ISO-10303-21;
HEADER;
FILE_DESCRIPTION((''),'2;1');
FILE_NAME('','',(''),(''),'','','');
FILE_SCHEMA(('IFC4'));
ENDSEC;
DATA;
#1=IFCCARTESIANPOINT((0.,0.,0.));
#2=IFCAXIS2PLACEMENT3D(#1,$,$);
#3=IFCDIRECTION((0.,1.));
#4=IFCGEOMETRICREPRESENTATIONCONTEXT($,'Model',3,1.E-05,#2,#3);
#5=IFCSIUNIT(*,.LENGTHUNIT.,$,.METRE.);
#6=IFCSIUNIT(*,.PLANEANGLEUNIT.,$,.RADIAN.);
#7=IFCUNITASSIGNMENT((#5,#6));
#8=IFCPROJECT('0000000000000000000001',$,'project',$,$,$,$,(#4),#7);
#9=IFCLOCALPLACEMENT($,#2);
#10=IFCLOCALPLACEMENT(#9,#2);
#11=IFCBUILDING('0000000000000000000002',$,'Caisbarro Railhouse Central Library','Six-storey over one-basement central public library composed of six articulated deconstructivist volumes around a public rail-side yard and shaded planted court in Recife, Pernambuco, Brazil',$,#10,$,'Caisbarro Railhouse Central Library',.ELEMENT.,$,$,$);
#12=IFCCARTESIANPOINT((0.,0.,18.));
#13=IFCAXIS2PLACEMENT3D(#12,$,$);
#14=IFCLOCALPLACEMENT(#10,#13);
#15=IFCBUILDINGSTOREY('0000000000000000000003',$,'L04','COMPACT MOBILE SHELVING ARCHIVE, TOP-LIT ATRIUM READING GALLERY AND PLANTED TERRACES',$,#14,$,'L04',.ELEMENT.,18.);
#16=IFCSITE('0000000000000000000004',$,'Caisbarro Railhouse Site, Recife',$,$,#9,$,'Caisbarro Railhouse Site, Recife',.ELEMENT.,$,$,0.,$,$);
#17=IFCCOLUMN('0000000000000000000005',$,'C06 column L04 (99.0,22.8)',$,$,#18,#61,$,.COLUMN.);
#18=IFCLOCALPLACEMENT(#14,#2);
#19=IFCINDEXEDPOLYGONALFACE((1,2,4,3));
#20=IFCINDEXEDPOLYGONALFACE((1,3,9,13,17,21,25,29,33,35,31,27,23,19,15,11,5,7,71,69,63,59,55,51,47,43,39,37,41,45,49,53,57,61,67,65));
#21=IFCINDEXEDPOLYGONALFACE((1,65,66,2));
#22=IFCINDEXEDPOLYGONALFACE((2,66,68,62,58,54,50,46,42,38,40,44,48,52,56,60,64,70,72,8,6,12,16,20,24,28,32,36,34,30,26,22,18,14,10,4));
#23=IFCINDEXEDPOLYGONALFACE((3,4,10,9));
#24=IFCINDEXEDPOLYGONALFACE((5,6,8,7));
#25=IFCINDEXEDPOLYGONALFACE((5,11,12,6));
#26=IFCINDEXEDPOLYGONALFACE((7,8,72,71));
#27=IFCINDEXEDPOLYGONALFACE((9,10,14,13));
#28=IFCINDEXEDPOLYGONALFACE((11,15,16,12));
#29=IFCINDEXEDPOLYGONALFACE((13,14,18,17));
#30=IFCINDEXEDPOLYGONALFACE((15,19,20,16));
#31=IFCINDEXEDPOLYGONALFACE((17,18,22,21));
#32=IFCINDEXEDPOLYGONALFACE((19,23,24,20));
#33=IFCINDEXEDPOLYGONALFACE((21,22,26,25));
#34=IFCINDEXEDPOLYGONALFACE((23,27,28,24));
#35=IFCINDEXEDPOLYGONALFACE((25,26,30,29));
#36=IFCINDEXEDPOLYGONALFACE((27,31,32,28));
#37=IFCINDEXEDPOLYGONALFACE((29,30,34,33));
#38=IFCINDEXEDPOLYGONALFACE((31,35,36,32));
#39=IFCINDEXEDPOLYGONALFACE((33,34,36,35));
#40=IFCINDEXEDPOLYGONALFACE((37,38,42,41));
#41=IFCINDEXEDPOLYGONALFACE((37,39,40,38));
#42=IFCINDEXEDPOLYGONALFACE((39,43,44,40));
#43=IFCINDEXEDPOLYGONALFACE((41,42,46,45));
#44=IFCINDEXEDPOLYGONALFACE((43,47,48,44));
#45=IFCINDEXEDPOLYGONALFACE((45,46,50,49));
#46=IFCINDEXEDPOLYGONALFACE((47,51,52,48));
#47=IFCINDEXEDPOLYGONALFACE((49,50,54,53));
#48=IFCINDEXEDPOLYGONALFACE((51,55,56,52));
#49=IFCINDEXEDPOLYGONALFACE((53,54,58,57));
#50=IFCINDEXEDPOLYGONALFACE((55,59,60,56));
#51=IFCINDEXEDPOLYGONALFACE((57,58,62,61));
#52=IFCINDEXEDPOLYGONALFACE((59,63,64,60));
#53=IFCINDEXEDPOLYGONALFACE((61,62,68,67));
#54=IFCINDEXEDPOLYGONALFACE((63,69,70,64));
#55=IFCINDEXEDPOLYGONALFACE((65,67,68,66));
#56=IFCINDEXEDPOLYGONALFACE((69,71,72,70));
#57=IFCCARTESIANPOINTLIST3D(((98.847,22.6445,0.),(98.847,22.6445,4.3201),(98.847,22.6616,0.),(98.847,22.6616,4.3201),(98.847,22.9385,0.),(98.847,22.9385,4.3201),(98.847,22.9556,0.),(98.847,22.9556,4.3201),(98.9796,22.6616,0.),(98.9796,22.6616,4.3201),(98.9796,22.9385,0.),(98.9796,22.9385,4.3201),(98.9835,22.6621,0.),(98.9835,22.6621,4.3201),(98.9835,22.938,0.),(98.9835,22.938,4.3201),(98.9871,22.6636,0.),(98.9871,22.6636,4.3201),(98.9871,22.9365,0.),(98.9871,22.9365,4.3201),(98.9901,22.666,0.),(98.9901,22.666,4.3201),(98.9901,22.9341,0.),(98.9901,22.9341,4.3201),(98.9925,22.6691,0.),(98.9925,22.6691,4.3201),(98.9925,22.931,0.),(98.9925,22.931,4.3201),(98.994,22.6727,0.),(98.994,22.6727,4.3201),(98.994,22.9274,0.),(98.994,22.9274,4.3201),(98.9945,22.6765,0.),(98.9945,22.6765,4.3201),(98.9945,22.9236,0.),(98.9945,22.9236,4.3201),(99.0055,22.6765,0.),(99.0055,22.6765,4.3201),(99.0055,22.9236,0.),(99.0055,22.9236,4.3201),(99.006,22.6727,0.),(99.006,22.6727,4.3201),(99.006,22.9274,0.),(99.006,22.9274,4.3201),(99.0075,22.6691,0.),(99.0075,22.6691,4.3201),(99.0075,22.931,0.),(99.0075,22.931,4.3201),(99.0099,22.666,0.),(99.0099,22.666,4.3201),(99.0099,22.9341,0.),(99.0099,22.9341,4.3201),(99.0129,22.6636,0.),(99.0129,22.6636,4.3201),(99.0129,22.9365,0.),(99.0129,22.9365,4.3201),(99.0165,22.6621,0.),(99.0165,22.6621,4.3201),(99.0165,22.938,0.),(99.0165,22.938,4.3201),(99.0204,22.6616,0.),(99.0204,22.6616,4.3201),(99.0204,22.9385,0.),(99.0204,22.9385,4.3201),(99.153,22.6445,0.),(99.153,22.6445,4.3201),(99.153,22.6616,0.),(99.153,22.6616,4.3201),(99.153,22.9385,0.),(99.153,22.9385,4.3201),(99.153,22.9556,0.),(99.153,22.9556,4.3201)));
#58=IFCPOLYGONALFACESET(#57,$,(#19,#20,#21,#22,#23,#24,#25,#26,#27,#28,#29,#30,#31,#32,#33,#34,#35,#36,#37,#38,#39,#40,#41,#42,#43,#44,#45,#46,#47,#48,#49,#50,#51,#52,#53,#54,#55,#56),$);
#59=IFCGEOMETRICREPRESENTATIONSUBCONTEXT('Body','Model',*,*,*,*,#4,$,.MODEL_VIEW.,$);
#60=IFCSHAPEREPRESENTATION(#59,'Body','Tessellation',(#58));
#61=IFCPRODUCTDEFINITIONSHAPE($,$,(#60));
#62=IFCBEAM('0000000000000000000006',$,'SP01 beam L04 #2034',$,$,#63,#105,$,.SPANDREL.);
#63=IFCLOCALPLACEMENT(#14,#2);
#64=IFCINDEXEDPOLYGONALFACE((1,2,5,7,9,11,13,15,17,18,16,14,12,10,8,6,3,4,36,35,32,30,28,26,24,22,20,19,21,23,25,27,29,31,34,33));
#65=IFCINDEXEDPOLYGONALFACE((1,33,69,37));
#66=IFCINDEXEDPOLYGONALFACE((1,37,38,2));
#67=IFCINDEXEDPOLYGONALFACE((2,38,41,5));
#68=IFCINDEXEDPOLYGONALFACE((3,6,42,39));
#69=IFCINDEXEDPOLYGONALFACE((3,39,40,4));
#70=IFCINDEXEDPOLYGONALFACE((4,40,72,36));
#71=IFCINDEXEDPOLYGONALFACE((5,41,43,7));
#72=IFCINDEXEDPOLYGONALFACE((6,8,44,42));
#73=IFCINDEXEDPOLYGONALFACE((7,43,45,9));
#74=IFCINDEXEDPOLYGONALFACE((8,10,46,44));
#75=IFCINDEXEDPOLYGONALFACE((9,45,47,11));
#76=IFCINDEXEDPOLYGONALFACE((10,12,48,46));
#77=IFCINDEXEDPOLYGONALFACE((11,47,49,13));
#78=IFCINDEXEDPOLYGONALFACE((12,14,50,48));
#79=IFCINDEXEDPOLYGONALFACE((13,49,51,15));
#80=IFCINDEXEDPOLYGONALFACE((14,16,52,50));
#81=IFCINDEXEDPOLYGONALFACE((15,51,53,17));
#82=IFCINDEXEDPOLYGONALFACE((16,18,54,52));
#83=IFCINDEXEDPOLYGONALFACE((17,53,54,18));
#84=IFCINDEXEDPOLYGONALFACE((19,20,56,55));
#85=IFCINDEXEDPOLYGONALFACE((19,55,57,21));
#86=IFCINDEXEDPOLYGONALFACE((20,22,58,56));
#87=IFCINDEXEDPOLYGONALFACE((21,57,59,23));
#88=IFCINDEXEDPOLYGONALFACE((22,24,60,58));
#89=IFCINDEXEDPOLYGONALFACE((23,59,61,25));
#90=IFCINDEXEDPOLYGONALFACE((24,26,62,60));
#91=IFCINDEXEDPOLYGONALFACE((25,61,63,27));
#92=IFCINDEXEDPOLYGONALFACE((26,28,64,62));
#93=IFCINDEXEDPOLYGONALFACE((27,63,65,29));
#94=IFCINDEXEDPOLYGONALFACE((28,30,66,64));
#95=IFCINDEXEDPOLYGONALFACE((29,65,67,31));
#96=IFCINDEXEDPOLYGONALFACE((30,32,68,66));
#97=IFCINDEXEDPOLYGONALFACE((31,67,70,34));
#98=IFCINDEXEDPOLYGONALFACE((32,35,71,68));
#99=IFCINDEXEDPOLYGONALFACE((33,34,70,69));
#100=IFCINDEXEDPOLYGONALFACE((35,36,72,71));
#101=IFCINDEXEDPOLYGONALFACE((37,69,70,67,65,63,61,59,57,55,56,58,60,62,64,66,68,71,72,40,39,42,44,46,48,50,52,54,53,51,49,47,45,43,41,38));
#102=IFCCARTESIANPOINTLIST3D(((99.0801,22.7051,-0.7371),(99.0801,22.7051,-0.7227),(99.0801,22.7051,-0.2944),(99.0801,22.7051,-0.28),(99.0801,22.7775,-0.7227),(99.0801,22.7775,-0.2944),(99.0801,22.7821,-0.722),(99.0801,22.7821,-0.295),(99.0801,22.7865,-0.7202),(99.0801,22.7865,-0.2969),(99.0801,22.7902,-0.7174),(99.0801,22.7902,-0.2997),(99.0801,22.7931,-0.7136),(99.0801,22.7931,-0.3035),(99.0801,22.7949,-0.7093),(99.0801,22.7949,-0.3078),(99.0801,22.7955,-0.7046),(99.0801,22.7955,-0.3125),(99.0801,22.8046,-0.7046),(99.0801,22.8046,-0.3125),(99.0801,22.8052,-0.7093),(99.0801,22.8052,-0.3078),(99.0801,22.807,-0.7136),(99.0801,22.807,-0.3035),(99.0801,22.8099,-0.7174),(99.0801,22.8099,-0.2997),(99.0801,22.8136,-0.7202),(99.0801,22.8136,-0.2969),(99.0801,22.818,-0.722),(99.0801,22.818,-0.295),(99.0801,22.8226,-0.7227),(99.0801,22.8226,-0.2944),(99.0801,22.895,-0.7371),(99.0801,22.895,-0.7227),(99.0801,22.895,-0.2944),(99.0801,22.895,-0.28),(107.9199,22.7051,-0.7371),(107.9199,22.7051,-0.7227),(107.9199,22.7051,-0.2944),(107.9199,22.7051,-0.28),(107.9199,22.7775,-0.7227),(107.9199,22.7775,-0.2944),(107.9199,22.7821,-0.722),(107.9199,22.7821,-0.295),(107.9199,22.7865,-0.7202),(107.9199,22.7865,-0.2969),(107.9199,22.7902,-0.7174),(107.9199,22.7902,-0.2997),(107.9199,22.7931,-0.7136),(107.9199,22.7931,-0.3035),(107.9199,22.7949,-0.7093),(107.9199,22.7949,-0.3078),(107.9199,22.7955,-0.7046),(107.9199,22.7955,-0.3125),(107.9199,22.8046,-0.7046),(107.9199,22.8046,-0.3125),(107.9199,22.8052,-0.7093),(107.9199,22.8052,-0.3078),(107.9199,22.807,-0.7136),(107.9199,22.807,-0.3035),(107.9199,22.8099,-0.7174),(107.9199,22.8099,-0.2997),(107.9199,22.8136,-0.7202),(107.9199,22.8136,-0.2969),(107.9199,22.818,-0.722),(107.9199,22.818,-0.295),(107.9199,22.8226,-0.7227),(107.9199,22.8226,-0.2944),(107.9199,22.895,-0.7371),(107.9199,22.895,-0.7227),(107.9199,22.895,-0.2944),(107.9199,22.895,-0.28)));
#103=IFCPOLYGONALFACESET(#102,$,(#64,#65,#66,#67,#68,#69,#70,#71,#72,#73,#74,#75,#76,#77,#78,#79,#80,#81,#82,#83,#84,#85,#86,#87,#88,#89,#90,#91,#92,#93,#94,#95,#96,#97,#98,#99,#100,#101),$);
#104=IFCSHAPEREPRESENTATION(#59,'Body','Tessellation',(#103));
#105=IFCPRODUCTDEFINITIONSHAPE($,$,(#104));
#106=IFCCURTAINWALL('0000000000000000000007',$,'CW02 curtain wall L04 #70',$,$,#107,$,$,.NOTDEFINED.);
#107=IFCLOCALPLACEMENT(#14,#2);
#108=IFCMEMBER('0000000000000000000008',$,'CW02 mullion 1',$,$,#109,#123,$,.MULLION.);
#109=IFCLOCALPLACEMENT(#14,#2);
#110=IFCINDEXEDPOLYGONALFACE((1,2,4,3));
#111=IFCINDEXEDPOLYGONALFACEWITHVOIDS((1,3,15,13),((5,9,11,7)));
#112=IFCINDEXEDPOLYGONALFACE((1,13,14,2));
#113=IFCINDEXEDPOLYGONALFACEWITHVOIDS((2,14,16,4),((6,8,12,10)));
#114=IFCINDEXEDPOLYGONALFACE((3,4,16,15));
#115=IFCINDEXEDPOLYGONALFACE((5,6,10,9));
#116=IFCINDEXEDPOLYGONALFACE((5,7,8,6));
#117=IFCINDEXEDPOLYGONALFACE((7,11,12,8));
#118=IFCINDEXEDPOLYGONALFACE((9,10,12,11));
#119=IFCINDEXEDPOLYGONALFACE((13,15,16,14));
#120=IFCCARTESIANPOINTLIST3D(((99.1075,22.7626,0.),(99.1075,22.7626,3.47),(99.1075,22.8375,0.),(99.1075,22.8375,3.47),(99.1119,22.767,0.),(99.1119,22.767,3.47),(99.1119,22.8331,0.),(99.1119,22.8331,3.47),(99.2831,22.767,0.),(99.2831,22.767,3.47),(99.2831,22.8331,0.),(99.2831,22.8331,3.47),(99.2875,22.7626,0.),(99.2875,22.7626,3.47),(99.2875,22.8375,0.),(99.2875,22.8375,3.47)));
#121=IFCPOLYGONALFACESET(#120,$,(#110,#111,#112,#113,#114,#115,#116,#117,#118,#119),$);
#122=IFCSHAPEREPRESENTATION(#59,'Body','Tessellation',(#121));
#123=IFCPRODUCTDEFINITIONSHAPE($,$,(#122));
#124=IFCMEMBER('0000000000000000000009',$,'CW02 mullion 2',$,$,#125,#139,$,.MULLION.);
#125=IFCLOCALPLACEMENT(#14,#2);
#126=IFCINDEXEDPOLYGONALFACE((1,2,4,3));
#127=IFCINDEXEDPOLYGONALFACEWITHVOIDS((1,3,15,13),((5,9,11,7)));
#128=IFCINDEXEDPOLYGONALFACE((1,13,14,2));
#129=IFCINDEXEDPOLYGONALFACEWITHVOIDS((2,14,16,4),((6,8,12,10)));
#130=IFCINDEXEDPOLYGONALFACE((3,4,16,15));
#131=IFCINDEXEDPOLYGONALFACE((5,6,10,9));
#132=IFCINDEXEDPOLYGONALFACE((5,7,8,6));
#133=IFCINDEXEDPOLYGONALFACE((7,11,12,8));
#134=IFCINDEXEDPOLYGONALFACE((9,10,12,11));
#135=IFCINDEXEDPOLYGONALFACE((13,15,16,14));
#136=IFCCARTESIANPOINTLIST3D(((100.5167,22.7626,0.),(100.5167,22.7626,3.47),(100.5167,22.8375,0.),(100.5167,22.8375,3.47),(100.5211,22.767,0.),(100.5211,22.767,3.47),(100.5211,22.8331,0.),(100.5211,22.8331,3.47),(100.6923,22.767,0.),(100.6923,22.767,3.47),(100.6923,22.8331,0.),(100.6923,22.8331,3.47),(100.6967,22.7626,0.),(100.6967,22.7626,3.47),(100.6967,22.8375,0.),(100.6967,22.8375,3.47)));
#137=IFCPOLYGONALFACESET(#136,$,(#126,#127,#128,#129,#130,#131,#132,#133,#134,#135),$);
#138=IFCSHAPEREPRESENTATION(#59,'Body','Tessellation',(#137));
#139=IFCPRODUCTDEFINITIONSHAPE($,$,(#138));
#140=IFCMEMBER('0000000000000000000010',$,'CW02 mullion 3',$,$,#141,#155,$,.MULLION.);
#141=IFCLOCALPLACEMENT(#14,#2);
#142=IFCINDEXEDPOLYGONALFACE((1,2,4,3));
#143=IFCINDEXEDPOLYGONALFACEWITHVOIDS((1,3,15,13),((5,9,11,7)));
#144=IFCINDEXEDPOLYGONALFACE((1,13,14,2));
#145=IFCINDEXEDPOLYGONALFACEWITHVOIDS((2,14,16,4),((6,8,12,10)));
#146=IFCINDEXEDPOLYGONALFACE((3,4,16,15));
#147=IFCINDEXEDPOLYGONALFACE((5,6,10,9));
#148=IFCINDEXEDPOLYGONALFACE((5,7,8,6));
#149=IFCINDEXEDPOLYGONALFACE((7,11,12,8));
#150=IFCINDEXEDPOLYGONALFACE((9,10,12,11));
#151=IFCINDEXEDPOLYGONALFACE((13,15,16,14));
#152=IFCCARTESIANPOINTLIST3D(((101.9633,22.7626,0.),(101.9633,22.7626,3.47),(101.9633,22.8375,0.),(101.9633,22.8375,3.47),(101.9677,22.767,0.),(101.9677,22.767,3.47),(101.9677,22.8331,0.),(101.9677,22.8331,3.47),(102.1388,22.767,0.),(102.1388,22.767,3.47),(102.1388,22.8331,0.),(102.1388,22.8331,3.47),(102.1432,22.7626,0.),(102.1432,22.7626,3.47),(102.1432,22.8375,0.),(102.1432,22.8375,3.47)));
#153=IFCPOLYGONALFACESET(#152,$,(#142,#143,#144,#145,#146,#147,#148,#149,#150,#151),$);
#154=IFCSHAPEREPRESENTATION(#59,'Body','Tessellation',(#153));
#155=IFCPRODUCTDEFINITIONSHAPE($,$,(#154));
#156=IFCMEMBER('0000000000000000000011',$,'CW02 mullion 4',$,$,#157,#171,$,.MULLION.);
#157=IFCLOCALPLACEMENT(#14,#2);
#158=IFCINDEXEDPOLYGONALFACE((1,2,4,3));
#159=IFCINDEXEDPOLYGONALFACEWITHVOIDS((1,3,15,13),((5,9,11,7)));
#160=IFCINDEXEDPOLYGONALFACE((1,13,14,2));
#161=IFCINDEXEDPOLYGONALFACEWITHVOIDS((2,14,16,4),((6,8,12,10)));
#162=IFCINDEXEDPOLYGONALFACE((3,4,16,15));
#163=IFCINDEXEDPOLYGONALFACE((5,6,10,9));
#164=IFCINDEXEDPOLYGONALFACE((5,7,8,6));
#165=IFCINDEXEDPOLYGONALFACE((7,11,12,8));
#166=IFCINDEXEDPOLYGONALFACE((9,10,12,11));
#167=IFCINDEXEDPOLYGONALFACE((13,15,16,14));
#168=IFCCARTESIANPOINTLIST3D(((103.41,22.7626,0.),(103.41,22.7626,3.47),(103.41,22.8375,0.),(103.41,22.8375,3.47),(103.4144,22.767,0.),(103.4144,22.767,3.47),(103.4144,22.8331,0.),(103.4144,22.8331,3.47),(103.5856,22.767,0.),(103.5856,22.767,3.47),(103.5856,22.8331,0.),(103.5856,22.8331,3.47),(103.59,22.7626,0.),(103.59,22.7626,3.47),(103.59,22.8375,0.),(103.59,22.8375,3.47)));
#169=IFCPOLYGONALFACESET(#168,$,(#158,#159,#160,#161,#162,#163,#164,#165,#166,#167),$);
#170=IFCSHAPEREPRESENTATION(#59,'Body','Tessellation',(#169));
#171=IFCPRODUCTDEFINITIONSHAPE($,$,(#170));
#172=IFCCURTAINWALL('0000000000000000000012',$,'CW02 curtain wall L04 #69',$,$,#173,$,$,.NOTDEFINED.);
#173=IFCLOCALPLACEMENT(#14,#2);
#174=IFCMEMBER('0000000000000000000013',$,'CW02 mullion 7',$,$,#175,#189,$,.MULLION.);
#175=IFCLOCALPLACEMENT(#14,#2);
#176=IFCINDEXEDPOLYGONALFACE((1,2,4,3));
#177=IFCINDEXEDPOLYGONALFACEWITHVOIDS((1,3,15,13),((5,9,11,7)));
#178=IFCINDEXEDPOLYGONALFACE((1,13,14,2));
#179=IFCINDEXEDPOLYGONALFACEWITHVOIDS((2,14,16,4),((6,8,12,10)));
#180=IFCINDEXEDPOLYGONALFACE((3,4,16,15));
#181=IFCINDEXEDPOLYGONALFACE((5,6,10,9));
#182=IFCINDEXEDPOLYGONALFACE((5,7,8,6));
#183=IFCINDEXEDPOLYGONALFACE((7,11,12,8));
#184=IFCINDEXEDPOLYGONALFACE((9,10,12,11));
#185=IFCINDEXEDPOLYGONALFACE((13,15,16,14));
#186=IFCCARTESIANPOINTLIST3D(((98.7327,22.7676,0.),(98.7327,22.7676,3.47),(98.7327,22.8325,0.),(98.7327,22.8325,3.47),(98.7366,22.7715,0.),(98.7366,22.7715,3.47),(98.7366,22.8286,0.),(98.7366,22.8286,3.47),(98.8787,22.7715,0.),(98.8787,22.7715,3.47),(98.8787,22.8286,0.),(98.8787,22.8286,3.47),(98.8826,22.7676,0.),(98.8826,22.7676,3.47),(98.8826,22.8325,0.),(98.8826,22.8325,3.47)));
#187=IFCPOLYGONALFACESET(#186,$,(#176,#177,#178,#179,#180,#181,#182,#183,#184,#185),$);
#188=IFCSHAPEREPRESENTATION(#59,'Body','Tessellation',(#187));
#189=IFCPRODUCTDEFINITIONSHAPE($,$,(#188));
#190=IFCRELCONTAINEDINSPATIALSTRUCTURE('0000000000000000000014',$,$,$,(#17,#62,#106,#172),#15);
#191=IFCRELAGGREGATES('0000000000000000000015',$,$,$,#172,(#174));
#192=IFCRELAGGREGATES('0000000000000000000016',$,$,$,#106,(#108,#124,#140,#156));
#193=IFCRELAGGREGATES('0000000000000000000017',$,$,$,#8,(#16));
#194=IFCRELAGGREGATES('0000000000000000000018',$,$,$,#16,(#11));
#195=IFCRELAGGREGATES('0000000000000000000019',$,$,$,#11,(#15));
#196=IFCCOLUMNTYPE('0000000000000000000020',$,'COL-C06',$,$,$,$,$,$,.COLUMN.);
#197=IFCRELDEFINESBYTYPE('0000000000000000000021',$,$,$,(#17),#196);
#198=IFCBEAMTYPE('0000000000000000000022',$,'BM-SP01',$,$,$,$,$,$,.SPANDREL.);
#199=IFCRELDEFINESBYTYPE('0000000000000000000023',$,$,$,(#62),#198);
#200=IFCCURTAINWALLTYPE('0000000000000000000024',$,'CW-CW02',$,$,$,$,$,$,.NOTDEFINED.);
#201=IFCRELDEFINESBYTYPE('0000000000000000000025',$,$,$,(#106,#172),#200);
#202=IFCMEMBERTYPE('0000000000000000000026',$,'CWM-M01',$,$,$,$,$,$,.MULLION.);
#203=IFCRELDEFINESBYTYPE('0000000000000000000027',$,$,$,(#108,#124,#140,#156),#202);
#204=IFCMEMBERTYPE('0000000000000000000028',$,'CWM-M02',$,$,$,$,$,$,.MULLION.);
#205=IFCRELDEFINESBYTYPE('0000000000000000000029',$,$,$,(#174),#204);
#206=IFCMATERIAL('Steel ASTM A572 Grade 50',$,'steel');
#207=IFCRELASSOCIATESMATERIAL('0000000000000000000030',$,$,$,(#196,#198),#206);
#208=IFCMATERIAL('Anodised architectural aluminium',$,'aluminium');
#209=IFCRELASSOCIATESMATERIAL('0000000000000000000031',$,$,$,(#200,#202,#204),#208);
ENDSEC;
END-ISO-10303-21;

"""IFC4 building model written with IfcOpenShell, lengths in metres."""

from ifc_helpers import new_model, si_unit, direction, frame, origin, origin_2d, place, context, subcontext, project, spatial, hollow_rectangle, i_section, extrude, material, material_profile, profile_set, type_object, element, aggregate, save


model = new_model("IFC4")

# Units and contexts
model_context = context("Model", 3, precision=1e-05, world=origin(), true_north=direction((0.0, 1.0)))
body_context = subcontext(model_context, "Body", "Model", "MODEL_VIEW")
ifc_project = project(units=[si_unit("LENGTHUNIT", "METRE"), si_unit("PLANEANGLEUNIT", "RADIAN")], contexts=[model_context])

# Site, building, storey
site_placement = place(None, origin())
site = spatial("IfcSite", under=ifc_project, at=site_placement, Name="Caisbarro Railhouse Site, Recife", LongName="Caisbarro Railhouse Site, Recife", CompositionType="ELEMENT", RefElevation=0.0)
building_placement = place(site_placement, origin())
building = spatial("IfcBuilding", under=site, at=building_placement, Name="Caisbarro Railhouse Central Library", Description="Six-storey over one-basement central public library composed of six articulated deconstructivist volumes around a public rail-side yard and shaded planted court in Recife, Pernambuco, Brazil", LongName="Caisbarro Railhouse Central Library", CompositionType="ELEMENT")
storey_placement = place(building_placement, frame((0.0, 0.0, 18.0)))
storey = spatial("IfcBuildingStorey", under=building, at=storey_placement, Name="L04", Description="COMPACT MOBILE SHELVING ARCHIVE, TOP-LIT ATRIUM READING GALLERY AND PLANTED TERRACES", LongName="L04", CompositionType="ELEMENT", Elevation=18.0)

# Column
ifc_material_1 = material(Name="Steel ASTM A572 Grade 50", Category="steel")
ifc_material_profile_1 = material_profile(ifc_material_1, i_section(OverallWidth=0.3059, OverallDepth=0.311, WebThickness=0.011, FlangeThickness=0.0171, FilletRadius=0.0149, at=origin_2d()), Name="W310X107.0")
ifc_profile_set_1 = profile_set([ifc_material_profile_1], Name="Steel ASTM A572 Grade 50")
column_type = type_object("IfcColumnType", Name="COL-C06", PredefinedType="COLUMN", material=ifc_profile_set_1)
column_placement = place(storey_placement, frame((99.0, 22.8, 0.0), z_axis=(0.0, 0.0, 1.0), x_axis=(1.0, 0.0, 0.0)))
element("IfcColumn", 1, at=column_placement, inside=storey, type_object=column_type, Name="C06 column L04 (99.0,22.8)", PredefinedType="COLUMN", context=body_context, shape_type="SweptSolid", body=[
    extrude(i_section(OverallWidth=0.3059, OverallDepth=0.311, WebThickness=0.011, FlangeThickness=0.0171, FilletRadius=0.0149, at=origin_2d()), origin(), (0.0, 0.0, 1.0), 4.3201),
])

# Beam
ifc_material_profile_2 = material_profile(ifc_material_1, i_section(OverallWidth=0.1899, OverallDepth=0.457, WebThickness=0.009, FlangeThickness=0.0144, FilletRadius=0.0181, at=origin_2d()), Name="W460X74.0")
ifc_profile_set_2 = profile_set([ifc_material_profile_2], Name="Steel ASTM A572 Grade 50")
beam_type = type_object("IfcBeamType", Name="BM-SP01", PredefinedType="SPANDREL", material=ifc_profile_set_2)
beam_placement = place(storey_placement, frame((99.0801, 22.8, -0.5085), z_axis=(1.0, 0.0, 0.0), x_axis=(0.0, 1.0, 0.0)))
element("IfcBeam", 2, at=beam_placement, inside=storey, type_object=beam_type, Name="SP01 beam L04 #2034", PredefinedType="SPANDREL", context=body_context, shape_type="SweptSolid", body=[
    extrude(i_section(OverallWidth=0.1899, OverallDepth=0.457, WebThickness=0.009, FlangeThickness=0.0144, FilletRadius=0.0181, at=origin_2d()), origin(), (0.0, 0.0, 1.0), 8.8398),
])

# Curtain walls, members
ifc_material_2 = material(Name="Anodised architectural aluminium", Category="aluminium")
curtain_wall_type = type_object("IfcCurtainWallType", Name="CW-CW02", PredefinedType="NOTDEFINED", material=ifc_material_2)
curtain_wall_1_placement = place(storey_placement, origin())
curtain_wall_1 = element("IfcCurtainWall", 3, at=curtain_wall_1_placement, inside=storey, type_object=curtain_wall_type, Name="CW02 curtain wall L04 #70", PredefinedType="NOTDEFINED")
ifc_material_profile_3 = material_profile(ifc_material_2, hollow_rectangle(XDim=0.075, YDim=0.1799, WallThickness=0.0044, at=origin_2d()), Name="ALU-MUL-75X180")
ifc_profile_set_3 = profile_set([ifc_material_profile_3], Name="Anodised architectural aluminium")
member_type_1 = type_object("IfcMemberType", Name="CWM-M01", PredefinedType="MULLION", material=ifc_profile_set_3)
member_1_placement = place(storey_placement, frame((99.1975, 22.8, 0.0), z_axis=(0.0, 0.0, 1.0), x_axis=(0.0, 1.0, 0.0)))
member_1 = element("IfcMember", 4, at=member_1_placement, type_object=member_type_1, Name="CW02 mullion 1", PredefinedType="MULLION", context=body_context, shape_type="SweptSolid", body=[
    extrude(hollow_rectangle(XDim=0.075, YDim=0.1799, WallThickness=0.0044, at=origin_2d()), origin(), (0.0, 0.0, 1.0), 3.47),
])
member_2_placement = place(storey_placement, frame((100.6067, 22.8, 0.0), z_axis=(0.0, 0.0, 1.0), x_axis=(0.0, 1.0, 0.0)))
member_2 = element("IfcMember", 5, at=member_2_placement, type_object=member_type_1, Name="CW02 mullion 2", PredefinedType="MULLION", context=body_context, shape_type="SweptSolid", body=[
    extrude(hollow_rectangle(XDim=0.075, YDim=0.1799, WallThickness=0.0044, at=origin_2d()), origin(), (0.0, 0.0, 1.0), 3.47),
])
member_3_placement = place(storey_placement, frame((102.0532, 22.8, 0.0), z_axis=(0.0, 0.0, 1.0), x_axis=(0.0, 1.0, 0.0)))
member_3 = element("IfcMember", 6, at=member_3_placement, type_object=member_type_1, Name="CW02 mullion 3", PredefinedType="MULLION", context=body_context, shape_type="SweptSolid", body=[
    extrude(hollow_rectangle(XDim=0.075, YDim=0.1799, WallThickness=0.0044, at=origin_2d()), origin(), (0.0, 0.0, 1.0), 3.47),
])
member_4_placement = place(storey_placement, frame((103.5, 22.8, 0.0), z_axis=(0.0, 0.0, 1.0), x_axis=(0.0, 1.0, 0.0)))
member_4 = element("IfcMember", 7, at=member_4_placement, type_object=member_type_1, Name="CW02 mullion 4", PredefinedType="MULLION", context=body_context, shape_type="SweptSolid", body=[
    extrude(hollow_rectangle(XDim=0.075, YDim=0.1799, WallThickness=0.0044, at=origin_2d()), origin(), (0.0, 0.0, 1.0), 3.47),
])
curtain_wall_2_placement = place(storey_placement, origin())
curtain_wall_2 = element("IfcCurtainWall", 8, at=curtain_wall_2_placement, inside=storey, type_object=curtain_wall_type, Name="CW02 curtain wall L04 #69", PredefinedType="NOTDEFINED")
ifc_material_profile_4 = material_profile(ifc_material_2, hollow_rectangle(XDim=0.0649, YDim=0.1499, WallThickness=0.0039, at=origin_2d()), Name="ALU-MUL-65X150")
ifc_profile_set_4 = profile_set([ifc_material_profile_4], Name="Anodised architectural aluminium")
member_type_2 = type_object("IfcMemberType", Name="CWM-M02", PredefinedType="MULLION", material=ifc_profile_set_4)
member_5_placement = place(storey_placement, frame((98.8076, 22.8, 0.0), z_axis=(0.0, 0.0, 1.0), x_axis=(0.0, 1.0, 0.0)))
member_5 = element("IfcMember", 9, at=member_5_placement, type_object=member_type_2, Name="CW02 mullion 7", PredefinedType="MULLION", context=body_context, shape_type="SweptSolid", body=[
    extrude(hollow_rectangle(XDim=0.0649, YDim=0.1499, WallThickness=0.0039, at=origin_2d()), origin(), (0.0, 0.0, 1.0), 3.47),
])

aggregate(curtain_wall_2, [member_5])
aggregate(curtain_wall_1, [member_1, member_2, member_3, member_4])

save(model, "model.ifc")
